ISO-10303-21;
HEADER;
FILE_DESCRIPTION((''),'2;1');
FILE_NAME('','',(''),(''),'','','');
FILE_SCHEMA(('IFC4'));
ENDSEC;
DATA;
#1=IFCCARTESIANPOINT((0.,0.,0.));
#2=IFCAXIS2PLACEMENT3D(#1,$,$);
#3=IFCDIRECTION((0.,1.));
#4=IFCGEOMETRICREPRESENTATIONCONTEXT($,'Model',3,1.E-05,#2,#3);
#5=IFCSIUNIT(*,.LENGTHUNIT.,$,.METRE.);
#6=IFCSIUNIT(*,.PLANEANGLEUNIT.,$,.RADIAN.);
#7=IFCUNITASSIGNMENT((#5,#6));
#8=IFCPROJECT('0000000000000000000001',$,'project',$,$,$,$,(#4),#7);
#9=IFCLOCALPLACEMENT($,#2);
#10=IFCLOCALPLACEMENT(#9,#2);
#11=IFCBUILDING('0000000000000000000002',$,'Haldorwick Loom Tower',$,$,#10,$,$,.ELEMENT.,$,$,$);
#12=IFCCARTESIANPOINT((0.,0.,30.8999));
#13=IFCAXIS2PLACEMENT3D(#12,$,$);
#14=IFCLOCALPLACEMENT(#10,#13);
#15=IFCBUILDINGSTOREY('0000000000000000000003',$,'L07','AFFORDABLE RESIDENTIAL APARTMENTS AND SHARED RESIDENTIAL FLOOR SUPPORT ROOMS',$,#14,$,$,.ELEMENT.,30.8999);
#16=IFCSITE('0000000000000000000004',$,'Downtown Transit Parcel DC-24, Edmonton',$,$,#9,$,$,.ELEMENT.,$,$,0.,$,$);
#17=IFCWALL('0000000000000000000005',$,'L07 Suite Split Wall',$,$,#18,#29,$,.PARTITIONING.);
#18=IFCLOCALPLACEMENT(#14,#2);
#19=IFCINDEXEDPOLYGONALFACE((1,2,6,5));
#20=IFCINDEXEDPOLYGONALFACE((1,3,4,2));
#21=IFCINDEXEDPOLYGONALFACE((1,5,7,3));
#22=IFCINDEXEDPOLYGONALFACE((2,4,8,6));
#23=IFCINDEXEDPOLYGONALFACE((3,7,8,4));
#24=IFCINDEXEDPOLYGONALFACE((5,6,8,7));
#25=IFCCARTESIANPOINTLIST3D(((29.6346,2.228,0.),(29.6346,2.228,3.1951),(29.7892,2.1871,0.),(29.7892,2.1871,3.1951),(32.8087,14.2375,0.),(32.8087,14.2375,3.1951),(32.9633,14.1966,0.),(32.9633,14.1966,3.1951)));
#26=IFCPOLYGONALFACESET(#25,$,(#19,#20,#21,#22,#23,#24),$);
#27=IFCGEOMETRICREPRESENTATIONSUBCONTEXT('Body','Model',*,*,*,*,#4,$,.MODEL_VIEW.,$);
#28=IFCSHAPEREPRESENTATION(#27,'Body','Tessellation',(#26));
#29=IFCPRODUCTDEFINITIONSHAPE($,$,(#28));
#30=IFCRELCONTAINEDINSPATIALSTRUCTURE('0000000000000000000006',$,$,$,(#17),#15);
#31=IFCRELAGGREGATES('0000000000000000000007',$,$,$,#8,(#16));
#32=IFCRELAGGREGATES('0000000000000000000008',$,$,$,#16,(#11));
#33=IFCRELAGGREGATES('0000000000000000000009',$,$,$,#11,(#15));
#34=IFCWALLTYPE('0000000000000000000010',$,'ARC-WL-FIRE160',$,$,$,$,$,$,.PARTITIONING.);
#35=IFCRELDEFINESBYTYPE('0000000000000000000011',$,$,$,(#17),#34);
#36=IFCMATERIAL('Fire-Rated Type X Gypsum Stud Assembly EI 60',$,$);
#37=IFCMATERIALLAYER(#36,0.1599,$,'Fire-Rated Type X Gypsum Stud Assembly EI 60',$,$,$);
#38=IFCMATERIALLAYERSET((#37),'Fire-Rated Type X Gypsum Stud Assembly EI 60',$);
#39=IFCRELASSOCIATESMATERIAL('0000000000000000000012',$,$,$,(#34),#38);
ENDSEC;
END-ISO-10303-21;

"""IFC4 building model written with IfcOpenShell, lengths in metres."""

from ifc_helpers import new_model, si_unit, direction, frame, frame_2d, origin, place, context, subcontext, project, spatial, rectangle, extrude, material, layer, layer_set, type_object, element, save


model = new_model("IFC4")

# Units and contexts
model_context = context("Model", 3, precision=1e-05, world=origin(), true_north=direction((0.0, 1.0)))
body_context = subcontext(model_context, "Body", "Model", "MODEL_VIEW")
ifc_project = project(units=[si_unit("LENGTHUNIT", "METRE"), si_unit("PLANEANGLEUNIT", "RADIAN")], contexts=[model_context])

# Site, building, storey
site_placement = place(None, origin())
site = spatial("IfcSite", under=ifc_project, at=site_placement, Name="Downtown Transit Parcel DC-24, Edmonton", CompositionType="ELEMENT", RefElevation=0.0)
building_placement = place(site_placement, origin())
building = spatial("IfcBuilding", under=site, at=building_placement, Name="Haldorwick Loom Tower", CompositionType="ELEMENT")
storey_placement = place(building_placement, frame((0.0, 0.0, 30.8999)))
storey = spatial("IfcBuildingStorey", under=building, at=storey_placement, Name="L07", Description="AFFORDABLE RESIDENTIAL APARTMENTS AND SHARED RESIDENTIAL FLOOR SUPPORT ROOMS", CompositionType="ELEMENT", Elevation=30.8999)

# Wall
ifc_material_1 = material(Name="Fire-Rated Type X Gypsum Stud Assembly EI 60")
ifc_layer_1 = layer(ifc_material_1, 0.1599, Name="Fire-Rated Type X Gypsum Stud Assembly EI 60")
ifc_layer_set_1 = layer_set([ifc_layer_1], Name="Fire-Rated Type X Gypsum Stud Assembly EI 60")
wall_type = type_object("IfcWallType", Name="ARC-WL-FIRE160", PredefinedType="PARTITIONING", material=ifc_layer_set_1)
wall_1_placement = place(storey_placement, frame((32.886, 14.217, 0.0), z_axis=(0.0, 0.0, 1.0), x_axis=(-0.255522, -0.966803, 0.0)))
element("IfcWall", 1, at=wall_1_placement, inside=storey, type_object=wall_type, Name="L07 Suite Split Wall", PredefinedType="PARTITIONING", context=body_context, shape_type="SweptSolid", body=[
    extrude(rectangle(XDim=12.4219, YDim=0.1599, at=frame_2d((6.2109, 0.0))), origin(), (0.0, 0.0, 1.0), 3.1951),
])

save(model, "model.ifc")
